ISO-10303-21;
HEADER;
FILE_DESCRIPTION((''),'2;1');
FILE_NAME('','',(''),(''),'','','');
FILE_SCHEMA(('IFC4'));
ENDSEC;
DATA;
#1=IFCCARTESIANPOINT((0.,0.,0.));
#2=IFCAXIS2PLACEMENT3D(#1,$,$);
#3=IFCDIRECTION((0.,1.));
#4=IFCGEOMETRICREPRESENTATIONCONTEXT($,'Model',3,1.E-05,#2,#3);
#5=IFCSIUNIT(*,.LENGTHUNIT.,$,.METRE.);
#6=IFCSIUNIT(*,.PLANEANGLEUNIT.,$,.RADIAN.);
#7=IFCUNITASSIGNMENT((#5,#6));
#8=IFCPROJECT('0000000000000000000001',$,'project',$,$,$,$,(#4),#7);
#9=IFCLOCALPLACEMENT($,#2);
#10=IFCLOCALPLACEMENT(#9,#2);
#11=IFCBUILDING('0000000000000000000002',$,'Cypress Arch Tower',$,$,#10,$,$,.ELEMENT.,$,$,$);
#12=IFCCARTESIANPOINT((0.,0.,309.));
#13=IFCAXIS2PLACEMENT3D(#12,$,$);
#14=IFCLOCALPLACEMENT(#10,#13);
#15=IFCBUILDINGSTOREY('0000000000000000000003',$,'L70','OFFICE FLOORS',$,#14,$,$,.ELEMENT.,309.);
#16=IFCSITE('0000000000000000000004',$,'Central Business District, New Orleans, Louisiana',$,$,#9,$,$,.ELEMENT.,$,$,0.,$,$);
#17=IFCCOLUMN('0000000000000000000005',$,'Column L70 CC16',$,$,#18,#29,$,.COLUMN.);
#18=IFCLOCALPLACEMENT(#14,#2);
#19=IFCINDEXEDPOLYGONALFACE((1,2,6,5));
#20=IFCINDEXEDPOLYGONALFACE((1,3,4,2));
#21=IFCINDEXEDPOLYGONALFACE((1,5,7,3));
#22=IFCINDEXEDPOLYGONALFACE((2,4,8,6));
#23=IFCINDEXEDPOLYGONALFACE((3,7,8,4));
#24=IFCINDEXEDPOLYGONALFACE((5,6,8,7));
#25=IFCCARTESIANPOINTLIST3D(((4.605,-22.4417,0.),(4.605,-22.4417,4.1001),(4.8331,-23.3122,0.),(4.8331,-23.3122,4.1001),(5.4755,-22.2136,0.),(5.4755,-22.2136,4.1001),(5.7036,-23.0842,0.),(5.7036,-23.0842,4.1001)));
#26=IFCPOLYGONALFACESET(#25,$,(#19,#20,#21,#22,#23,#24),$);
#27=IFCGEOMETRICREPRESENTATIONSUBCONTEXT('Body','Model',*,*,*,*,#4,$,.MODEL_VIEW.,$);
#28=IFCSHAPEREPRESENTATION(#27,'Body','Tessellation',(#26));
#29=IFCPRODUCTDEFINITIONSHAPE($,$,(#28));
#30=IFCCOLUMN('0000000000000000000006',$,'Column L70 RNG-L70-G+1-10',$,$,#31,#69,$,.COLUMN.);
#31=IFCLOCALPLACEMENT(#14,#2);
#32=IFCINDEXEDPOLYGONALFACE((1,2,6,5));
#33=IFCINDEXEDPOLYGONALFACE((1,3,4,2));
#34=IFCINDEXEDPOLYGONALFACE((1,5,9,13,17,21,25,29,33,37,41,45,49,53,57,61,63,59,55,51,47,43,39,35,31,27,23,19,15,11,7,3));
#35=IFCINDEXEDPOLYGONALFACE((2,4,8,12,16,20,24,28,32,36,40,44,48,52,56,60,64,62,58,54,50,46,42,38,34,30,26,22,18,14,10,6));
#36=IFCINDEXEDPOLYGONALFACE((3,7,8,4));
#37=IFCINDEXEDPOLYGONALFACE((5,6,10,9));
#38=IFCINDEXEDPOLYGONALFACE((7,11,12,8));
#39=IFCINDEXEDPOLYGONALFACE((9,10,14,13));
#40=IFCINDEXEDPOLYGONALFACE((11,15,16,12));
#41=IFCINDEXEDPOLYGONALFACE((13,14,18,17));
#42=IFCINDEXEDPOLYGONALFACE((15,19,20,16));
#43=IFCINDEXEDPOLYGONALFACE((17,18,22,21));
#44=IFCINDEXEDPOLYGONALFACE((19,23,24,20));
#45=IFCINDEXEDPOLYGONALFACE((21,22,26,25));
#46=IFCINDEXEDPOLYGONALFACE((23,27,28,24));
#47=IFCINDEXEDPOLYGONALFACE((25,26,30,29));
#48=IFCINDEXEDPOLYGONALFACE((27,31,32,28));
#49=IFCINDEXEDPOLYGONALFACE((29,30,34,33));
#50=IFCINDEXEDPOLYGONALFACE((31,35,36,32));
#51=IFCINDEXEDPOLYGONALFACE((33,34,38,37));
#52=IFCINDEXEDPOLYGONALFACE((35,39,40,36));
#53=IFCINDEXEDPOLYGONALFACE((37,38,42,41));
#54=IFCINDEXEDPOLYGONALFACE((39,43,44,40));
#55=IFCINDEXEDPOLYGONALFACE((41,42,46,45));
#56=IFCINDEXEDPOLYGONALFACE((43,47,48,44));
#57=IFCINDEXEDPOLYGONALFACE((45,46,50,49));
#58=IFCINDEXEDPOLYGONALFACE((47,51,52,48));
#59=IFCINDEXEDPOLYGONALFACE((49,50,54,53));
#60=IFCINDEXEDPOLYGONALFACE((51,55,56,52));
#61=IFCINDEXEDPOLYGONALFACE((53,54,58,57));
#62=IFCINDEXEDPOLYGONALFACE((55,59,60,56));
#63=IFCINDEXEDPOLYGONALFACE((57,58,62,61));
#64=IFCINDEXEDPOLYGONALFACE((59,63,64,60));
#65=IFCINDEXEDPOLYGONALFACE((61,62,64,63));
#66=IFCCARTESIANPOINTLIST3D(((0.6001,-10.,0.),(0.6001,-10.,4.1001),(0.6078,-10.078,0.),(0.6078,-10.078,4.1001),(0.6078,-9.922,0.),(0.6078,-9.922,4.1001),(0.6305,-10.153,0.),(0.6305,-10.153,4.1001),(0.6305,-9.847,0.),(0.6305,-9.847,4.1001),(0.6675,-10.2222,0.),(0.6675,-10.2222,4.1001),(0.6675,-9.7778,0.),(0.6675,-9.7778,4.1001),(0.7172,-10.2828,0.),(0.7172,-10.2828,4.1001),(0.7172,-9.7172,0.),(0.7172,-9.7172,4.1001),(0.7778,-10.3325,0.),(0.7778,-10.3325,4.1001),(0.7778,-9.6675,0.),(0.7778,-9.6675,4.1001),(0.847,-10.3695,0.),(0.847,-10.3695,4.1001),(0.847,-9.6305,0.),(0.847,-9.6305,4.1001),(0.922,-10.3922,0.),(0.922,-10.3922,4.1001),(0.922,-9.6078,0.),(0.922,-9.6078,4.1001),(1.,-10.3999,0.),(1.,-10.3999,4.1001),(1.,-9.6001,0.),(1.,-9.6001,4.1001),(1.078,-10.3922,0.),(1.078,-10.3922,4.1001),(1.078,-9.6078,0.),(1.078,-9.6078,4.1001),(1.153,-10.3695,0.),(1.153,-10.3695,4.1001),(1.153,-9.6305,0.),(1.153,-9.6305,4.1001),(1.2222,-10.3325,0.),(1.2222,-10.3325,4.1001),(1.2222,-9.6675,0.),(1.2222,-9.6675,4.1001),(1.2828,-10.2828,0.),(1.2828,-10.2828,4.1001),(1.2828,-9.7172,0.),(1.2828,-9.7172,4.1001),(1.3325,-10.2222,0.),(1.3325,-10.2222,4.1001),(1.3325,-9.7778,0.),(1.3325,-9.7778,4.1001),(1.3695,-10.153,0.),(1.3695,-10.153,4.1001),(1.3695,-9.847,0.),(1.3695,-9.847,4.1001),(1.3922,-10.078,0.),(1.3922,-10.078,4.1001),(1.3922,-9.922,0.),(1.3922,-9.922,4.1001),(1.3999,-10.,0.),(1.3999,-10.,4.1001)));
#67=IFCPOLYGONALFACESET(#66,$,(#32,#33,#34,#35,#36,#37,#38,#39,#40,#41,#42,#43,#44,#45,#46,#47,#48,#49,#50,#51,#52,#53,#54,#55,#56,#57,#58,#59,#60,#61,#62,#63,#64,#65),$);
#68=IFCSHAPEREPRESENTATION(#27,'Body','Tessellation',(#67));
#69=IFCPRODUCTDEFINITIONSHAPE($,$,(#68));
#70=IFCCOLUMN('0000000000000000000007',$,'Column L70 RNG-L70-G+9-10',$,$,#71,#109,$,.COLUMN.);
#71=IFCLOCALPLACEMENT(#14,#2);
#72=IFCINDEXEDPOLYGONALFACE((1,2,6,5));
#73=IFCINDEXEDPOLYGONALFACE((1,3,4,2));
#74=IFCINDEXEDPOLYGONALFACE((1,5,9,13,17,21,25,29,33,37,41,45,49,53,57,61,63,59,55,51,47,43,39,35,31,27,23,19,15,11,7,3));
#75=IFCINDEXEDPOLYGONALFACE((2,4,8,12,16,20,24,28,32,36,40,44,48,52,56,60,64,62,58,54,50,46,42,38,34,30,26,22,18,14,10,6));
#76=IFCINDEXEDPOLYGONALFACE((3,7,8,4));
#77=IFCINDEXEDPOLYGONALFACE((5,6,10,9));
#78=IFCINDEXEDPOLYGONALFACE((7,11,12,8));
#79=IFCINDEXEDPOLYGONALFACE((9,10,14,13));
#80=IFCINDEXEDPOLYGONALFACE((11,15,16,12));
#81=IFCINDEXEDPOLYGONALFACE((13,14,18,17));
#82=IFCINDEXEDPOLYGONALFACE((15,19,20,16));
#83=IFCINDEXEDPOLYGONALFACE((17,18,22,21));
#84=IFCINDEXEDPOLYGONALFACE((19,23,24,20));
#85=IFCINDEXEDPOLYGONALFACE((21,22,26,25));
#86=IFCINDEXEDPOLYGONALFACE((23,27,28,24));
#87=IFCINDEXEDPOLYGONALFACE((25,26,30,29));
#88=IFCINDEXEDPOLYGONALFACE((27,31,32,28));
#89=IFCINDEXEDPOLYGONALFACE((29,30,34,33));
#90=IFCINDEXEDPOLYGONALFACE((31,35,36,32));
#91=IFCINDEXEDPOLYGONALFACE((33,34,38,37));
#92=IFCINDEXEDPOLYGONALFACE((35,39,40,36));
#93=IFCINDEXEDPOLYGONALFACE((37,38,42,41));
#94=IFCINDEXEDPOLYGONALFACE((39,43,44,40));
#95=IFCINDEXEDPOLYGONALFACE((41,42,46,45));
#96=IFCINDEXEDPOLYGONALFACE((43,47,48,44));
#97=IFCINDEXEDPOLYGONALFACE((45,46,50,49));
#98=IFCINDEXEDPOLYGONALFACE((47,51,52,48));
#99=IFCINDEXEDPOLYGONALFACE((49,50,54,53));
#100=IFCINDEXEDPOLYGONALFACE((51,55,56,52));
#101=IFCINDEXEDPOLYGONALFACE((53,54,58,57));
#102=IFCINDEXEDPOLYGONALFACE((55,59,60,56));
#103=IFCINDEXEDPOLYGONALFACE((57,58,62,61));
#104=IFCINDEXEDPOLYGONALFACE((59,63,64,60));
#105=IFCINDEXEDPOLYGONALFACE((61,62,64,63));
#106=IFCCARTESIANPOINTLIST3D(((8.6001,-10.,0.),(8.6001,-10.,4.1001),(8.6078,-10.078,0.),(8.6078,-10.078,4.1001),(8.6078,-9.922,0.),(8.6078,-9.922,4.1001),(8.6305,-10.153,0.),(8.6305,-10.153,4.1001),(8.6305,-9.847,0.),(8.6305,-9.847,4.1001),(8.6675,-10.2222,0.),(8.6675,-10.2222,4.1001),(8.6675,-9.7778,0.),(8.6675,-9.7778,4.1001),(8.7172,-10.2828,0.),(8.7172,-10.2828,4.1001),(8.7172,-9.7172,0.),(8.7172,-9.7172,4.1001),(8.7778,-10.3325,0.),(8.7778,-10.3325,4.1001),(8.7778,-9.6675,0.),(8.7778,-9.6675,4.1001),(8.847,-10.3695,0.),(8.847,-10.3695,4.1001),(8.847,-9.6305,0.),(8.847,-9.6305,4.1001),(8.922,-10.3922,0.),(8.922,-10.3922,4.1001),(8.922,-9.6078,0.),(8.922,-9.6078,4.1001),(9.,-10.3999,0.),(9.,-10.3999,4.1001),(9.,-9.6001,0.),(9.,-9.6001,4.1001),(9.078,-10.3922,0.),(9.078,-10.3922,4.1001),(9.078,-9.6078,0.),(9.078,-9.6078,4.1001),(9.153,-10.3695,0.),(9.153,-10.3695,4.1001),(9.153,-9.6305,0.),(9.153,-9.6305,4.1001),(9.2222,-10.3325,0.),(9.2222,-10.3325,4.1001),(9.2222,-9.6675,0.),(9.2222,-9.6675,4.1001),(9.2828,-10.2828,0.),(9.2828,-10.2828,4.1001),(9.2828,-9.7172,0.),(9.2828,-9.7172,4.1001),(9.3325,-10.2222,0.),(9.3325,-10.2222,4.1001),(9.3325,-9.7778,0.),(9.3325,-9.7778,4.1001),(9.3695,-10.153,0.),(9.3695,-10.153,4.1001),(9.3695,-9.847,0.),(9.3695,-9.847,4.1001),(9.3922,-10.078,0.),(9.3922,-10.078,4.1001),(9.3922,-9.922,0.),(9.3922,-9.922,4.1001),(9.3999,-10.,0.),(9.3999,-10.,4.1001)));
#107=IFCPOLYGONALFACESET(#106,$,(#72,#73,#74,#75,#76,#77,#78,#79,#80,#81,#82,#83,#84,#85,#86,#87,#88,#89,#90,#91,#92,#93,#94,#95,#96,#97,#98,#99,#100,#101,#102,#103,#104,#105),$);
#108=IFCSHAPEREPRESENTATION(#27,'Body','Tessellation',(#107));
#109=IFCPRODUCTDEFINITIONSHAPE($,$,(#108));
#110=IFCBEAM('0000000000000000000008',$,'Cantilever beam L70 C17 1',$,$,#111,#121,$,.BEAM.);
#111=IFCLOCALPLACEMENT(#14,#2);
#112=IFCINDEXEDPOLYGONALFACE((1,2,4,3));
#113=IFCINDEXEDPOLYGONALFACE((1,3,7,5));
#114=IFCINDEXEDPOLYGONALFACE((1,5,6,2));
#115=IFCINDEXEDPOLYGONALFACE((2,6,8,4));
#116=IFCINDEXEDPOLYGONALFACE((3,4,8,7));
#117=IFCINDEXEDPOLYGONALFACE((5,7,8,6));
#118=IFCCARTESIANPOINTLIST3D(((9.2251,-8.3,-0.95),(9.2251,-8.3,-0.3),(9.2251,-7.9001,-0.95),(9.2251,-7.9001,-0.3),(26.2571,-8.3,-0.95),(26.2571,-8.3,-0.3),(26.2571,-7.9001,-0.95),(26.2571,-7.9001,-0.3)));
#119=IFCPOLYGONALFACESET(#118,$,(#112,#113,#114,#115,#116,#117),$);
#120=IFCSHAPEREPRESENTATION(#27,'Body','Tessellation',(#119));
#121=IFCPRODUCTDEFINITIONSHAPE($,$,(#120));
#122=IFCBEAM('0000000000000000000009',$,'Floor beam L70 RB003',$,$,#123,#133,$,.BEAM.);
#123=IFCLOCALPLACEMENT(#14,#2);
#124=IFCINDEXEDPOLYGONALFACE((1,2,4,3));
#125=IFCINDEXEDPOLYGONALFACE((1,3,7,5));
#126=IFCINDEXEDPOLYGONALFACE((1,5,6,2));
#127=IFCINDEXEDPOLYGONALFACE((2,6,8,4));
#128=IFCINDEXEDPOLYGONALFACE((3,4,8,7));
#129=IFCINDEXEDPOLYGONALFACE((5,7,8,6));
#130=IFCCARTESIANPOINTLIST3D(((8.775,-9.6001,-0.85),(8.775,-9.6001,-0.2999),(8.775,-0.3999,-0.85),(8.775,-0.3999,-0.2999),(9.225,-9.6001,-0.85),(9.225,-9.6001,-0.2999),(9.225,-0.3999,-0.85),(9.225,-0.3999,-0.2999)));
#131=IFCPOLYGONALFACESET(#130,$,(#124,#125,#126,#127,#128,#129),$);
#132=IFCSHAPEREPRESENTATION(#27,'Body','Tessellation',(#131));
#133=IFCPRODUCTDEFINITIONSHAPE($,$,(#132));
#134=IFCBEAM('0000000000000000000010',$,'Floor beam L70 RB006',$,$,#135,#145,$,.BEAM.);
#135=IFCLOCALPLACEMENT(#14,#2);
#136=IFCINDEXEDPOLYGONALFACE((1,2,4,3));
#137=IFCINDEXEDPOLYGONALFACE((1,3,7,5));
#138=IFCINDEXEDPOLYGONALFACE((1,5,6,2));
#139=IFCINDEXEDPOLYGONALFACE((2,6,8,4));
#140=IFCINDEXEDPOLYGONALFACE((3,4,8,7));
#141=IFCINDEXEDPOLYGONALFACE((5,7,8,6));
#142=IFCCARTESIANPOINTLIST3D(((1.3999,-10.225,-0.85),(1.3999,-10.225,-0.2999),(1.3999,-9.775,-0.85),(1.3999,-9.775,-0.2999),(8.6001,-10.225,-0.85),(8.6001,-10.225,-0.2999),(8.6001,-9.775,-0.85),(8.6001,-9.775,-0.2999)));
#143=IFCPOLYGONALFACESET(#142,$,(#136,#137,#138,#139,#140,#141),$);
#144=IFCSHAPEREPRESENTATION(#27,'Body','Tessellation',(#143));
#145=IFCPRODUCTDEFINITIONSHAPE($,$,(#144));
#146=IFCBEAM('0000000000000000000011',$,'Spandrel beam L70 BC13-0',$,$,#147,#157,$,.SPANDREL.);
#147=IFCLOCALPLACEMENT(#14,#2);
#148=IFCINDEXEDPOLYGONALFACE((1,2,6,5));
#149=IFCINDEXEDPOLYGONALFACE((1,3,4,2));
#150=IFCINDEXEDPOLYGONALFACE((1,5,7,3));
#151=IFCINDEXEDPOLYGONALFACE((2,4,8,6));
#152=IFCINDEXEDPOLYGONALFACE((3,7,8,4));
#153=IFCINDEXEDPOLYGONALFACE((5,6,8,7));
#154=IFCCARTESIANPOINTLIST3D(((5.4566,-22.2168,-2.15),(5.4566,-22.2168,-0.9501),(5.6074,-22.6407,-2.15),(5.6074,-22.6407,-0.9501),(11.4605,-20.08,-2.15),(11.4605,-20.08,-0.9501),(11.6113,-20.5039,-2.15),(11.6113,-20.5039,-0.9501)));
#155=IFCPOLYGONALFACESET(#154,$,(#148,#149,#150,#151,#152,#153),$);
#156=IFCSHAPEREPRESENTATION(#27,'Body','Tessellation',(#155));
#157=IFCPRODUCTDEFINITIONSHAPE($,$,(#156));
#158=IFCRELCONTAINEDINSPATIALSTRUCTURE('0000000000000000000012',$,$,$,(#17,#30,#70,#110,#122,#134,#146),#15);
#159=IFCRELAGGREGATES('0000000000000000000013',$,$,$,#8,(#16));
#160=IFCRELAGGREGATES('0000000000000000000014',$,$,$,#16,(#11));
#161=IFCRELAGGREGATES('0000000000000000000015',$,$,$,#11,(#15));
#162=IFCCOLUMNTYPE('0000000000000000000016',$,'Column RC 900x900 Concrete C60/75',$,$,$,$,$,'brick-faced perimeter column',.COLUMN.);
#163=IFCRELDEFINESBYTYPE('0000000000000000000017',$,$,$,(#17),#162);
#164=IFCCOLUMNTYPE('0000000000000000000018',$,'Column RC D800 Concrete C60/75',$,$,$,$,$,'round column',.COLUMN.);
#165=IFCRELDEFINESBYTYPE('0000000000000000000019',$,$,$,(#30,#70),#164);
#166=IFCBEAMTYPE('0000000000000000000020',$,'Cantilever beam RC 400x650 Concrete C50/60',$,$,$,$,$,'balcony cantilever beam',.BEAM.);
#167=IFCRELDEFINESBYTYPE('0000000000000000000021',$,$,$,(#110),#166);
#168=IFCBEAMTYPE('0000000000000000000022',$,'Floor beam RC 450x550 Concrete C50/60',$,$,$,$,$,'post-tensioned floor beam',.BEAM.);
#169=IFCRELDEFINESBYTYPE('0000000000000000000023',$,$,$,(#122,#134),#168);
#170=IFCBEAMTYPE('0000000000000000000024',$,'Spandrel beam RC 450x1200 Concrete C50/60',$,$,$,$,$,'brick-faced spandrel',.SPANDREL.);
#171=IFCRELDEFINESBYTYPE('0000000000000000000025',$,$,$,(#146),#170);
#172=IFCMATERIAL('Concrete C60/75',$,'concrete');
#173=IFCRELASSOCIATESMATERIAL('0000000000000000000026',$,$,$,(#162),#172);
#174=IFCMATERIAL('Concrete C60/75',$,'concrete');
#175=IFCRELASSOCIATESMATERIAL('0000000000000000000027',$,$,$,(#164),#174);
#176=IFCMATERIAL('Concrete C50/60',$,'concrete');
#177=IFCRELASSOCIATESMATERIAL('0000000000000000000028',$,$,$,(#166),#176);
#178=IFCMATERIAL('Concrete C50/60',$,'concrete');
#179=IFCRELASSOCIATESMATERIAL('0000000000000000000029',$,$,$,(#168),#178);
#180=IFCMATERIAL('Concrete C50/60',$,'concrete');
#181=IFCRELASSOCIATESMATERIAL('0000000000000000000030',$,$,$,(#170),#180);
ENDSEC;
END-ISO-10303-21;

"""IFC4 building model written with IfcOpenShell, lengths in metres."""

from ifc_helpers import new_model, si_unit, direction, frame, origin, origin_2d, place, context, subcontext, project, spatial, rectangle, circle, extrude, material, material_profile, profile_set, type_object, element, save


model = new_model("IFC4")

# Units and contexts
model_context = context("Model", 3, precision=1e-05, world=origin(), true_north=direction((0.0, 1.0)))
body_context = subcontext(model_context, "Body", "Model", "MODEL_VIEW")
ifc_project = project(units=[si_unit("LENGTHUNIT", "METRE"), si_unit("PLANEANGLEUNIT", "RADIAN")], contexts=[model_context])

# Site, building, storey
site_placement = place(None, origin())
site = spatial("IfcSite", under=ifc_project, at=site_placement, Name="Central Business District, New Orleans, Louisiana", CompositionType="ELEMENT", RefElevation=0.0)
building_placement = place(site_placement, origin())
building = spatial("IfcBuilding", under=site, at=building_placement, Name="Cypress Arch Tower", CompositionType="ELEMENT")
storey_placement = place(building_placement, frame((0.0, 0.0, 309.0)))
storey = spatial("IfcBuildingStorey", under=building, at=storey_placement, Name="L70", Description="OFFICE FLOORS", CompositionType="ELEMENT", Elevation=309.0)

# Columns
ifc_material_1 = material(Name="Concrete C60/75", Category="concrete")
ifc_material_profile_1 = material_profile(ifc_material_1, rectangle(XDim=0.8999, YDim=0.8999, at=origin_2d()), Name="RC 900x900")
ifc_profile_set_1 = profile_set([ifc_material_profile_1], Name="Concrete C60/75")
column_type_1 = type_object("IfcColumnType", Name="Column RC 900x900 Concrete C60/75", ElementType="brick-faced perimeter column", PredefinedType="COLUMN", material=ifc_profile_set_1)
column_placement = place(storey_placement, frame((5.1543, -22.7629, 0.0), z_axis=(0.0, 0.0, 1.0), x_axis=(0.967356, 0.253422, 0.0)))
element("IfcColumn", 1, at=column_placement, inside=storey, type_object=column_type_1, Name="Column L70 CC16", PredefinedType="COLUMN", context=body_context, shape_type="SweptSolid", body=[
    extrude(rectangle(XDim=0.8999, YDim=0.8999, at=origin_2d()), origin(), (0.0, 0.0, 1.0), 4.1001),
])
ifc_material_2 = material(Name="Concrete C60/75", Category="concrete")
ifc_material_profile_2 = material_profile(ifc_material_2, circle(Radius=0.3999, at=origin_2d()), Name="RC D800")
ifc_profile_set_2 = profile_set([ifc_material_profile_2], Name="Concrete C60/75")
column_type_2 = type_object("IfcColumnType", Name="Column RC D800 Concrete C60/75", ElementType="round column", PredefinedType="COLUMN", material=ifc_profile_set_2)
for number, where, z_axis, x_axis, name in (
    (2, (1.0, -10.0, 0.0), (0.0, 0.0, 1.0), (1.0, 0.0, 0.0), "Column L70 RNG-L70-G+1-10"),
    (3, (9.0, -10.0, 0.0), (0.0, 0.0, 1.0), (1.0, 0.0, 0.0), "Column L70 RNG-L70-G+9-10"),
):
    element("IfcColumn", number, at=place(storey_placement, frame(where, z_axis=z_axis, x_axis=x_axis)), inside=storey, type_object=column_type_2, Name=name, PredefinedType="COLUMN", context=body_context, shape_type="SweptSolid", body=[
        extrude(circle(Radius=0.3999, at=origin_2d()), origin(), (0.0, 0.0, 1.0), 4.1001),
    ])

# Beams
ifc_material_3 = material(Name="Concrete C50/60", Category="concrete")
ifc_material_profile_3 = material_profile(ifc_material_3, rectangle(XDim=0.3999, YDim=0.6499, at=origin_2d()), Name="RC 400x650")
ifc_profile_set_3 = profile_set([ifc_material_profile_3], Name="Concrete C50/60")
beam_type_1 = type_object("IfcBeamType", Name="Cantilever beam RC 400x650 Concrete C50/60", ElementType="balcony cantilever beam", PredefinedType="BEAM", material=ifc_profile_set_3)
beam_1_placement = place(storey_placement, frame((9.2251, -8.1001, -0.625), z_axis=(1.0, 0.0, 0.0), x_axis=(0.0, 1.0, 0.0)))
element("IfcBeam", 4, at=beam_1_placement, inside=storey, type_object=beam_type_1, Name="Cantilever beam L70 C17 1", PredefinedType="BEAM", context=body_context, shape_type="SweptSolid", body=[
    extrude(rectangle(XDim=0.3999, YDim=0.6499, at=origin_2d()), origin(), (0.0, 0.0, 1.0), 17.032),
])
ifc_material_4 = material(Name="Concrete C50/60", Category="concrete")
ifc_material_profile_4 = material_profile(ifc_material_4, rectangle(XDim=0.45, YDim=0.55, at=origin_2d()), Name="RC 450x550")
ifc_profile_set_4 = profile_set([ifc_material_profile_4], Name="Concrete C50/60")
beam_type_2 = type_object("IfcBeamType", Name="Floor beam RC 450x550 Concrete C50/60", ElementType="post-tensioned floor beam", PredefinedType="BEAM", material=ifc_profile_set_4)
beam_2_placement = place(storey_placement, frame((9.0, -9.6001, -0.575), z_axis=(0.0, 1.0, 0.0), x_axis=(-1.0, 0.0, 0.0)))
element("IfcBeam", 5, at=beam_2_placement, inside=storey, type_object=beam_type_2, Name="Floor beam L70 RB003", PredefinedType="BEAM", context=body_context, shape_type="SweptSolid", body=[
    extrude(rectangle(XDim=0.45, YDim=0.55, at=origin_2d()), origin(), (0.0, 0.0, 1.0), 9.2002),
])
beam_3_placement = place(storey_placement, frame((1.3999, -10.0, -0.575), z_axis=(1.0, 0.0, 0.0), x_axis=(0.0, 1.0, 0.0)))
element("IfcBeam", 6, at=beam_3_placement, inside=storey, type_object=beam_type_2, Name="Floor beam L70 RB006", PredefinedType="BEAM", context=body_context, shape_type="SweptSolid", body=[
    extrude(rectangle(XDim=0.45, YDim=0.55, at=origin_2d()), origin(), (0.0, 0.0, 1.0), 7.2002),
])
ifc_material_5 = material(Name="Concrete C50/60", Category="concrete")
ifc_material_profile_5 = material_profile(ifc_material_5, rectangle(XDim=0.45, YDim=1.2, at=origin_2d()), Name="RC 450x1200")
ifc_profile_set_5 = profile_set([ifc_material_profile_5], Name="Concrete C50/60")
beam_type_3 = type_object("IfcBeamType", Name="Spandrel beam RC 450x1200 Concrete C50/60", ElementType="brick-faced spandrel", PredefinedType="SPANDREL", material=ifc_profile_set_5)
beam_4_placement = place(storey_placement, frame((5.532, -22.4287, -1.55), z_axis=(0.942116, 0.335288, 0.0), x_axis=(-0.335288, 0.942116, 0.0)))
element("IfcBeam", 7, at=beam_4_placement, inside=storey, type_object=beam_type_3, Name="Spandrel beam L70 BC13-0", PredefinedType="SPANDREL", context=body_context, shape_type="SweptSolid", body=[
    extrude(rectangle(XDim=0.45, YDim=1.2, at=origin_2d()), origin(), (0.0, 0.0, 1.0), 6.3728),
])

save(model, "model.ifc")
